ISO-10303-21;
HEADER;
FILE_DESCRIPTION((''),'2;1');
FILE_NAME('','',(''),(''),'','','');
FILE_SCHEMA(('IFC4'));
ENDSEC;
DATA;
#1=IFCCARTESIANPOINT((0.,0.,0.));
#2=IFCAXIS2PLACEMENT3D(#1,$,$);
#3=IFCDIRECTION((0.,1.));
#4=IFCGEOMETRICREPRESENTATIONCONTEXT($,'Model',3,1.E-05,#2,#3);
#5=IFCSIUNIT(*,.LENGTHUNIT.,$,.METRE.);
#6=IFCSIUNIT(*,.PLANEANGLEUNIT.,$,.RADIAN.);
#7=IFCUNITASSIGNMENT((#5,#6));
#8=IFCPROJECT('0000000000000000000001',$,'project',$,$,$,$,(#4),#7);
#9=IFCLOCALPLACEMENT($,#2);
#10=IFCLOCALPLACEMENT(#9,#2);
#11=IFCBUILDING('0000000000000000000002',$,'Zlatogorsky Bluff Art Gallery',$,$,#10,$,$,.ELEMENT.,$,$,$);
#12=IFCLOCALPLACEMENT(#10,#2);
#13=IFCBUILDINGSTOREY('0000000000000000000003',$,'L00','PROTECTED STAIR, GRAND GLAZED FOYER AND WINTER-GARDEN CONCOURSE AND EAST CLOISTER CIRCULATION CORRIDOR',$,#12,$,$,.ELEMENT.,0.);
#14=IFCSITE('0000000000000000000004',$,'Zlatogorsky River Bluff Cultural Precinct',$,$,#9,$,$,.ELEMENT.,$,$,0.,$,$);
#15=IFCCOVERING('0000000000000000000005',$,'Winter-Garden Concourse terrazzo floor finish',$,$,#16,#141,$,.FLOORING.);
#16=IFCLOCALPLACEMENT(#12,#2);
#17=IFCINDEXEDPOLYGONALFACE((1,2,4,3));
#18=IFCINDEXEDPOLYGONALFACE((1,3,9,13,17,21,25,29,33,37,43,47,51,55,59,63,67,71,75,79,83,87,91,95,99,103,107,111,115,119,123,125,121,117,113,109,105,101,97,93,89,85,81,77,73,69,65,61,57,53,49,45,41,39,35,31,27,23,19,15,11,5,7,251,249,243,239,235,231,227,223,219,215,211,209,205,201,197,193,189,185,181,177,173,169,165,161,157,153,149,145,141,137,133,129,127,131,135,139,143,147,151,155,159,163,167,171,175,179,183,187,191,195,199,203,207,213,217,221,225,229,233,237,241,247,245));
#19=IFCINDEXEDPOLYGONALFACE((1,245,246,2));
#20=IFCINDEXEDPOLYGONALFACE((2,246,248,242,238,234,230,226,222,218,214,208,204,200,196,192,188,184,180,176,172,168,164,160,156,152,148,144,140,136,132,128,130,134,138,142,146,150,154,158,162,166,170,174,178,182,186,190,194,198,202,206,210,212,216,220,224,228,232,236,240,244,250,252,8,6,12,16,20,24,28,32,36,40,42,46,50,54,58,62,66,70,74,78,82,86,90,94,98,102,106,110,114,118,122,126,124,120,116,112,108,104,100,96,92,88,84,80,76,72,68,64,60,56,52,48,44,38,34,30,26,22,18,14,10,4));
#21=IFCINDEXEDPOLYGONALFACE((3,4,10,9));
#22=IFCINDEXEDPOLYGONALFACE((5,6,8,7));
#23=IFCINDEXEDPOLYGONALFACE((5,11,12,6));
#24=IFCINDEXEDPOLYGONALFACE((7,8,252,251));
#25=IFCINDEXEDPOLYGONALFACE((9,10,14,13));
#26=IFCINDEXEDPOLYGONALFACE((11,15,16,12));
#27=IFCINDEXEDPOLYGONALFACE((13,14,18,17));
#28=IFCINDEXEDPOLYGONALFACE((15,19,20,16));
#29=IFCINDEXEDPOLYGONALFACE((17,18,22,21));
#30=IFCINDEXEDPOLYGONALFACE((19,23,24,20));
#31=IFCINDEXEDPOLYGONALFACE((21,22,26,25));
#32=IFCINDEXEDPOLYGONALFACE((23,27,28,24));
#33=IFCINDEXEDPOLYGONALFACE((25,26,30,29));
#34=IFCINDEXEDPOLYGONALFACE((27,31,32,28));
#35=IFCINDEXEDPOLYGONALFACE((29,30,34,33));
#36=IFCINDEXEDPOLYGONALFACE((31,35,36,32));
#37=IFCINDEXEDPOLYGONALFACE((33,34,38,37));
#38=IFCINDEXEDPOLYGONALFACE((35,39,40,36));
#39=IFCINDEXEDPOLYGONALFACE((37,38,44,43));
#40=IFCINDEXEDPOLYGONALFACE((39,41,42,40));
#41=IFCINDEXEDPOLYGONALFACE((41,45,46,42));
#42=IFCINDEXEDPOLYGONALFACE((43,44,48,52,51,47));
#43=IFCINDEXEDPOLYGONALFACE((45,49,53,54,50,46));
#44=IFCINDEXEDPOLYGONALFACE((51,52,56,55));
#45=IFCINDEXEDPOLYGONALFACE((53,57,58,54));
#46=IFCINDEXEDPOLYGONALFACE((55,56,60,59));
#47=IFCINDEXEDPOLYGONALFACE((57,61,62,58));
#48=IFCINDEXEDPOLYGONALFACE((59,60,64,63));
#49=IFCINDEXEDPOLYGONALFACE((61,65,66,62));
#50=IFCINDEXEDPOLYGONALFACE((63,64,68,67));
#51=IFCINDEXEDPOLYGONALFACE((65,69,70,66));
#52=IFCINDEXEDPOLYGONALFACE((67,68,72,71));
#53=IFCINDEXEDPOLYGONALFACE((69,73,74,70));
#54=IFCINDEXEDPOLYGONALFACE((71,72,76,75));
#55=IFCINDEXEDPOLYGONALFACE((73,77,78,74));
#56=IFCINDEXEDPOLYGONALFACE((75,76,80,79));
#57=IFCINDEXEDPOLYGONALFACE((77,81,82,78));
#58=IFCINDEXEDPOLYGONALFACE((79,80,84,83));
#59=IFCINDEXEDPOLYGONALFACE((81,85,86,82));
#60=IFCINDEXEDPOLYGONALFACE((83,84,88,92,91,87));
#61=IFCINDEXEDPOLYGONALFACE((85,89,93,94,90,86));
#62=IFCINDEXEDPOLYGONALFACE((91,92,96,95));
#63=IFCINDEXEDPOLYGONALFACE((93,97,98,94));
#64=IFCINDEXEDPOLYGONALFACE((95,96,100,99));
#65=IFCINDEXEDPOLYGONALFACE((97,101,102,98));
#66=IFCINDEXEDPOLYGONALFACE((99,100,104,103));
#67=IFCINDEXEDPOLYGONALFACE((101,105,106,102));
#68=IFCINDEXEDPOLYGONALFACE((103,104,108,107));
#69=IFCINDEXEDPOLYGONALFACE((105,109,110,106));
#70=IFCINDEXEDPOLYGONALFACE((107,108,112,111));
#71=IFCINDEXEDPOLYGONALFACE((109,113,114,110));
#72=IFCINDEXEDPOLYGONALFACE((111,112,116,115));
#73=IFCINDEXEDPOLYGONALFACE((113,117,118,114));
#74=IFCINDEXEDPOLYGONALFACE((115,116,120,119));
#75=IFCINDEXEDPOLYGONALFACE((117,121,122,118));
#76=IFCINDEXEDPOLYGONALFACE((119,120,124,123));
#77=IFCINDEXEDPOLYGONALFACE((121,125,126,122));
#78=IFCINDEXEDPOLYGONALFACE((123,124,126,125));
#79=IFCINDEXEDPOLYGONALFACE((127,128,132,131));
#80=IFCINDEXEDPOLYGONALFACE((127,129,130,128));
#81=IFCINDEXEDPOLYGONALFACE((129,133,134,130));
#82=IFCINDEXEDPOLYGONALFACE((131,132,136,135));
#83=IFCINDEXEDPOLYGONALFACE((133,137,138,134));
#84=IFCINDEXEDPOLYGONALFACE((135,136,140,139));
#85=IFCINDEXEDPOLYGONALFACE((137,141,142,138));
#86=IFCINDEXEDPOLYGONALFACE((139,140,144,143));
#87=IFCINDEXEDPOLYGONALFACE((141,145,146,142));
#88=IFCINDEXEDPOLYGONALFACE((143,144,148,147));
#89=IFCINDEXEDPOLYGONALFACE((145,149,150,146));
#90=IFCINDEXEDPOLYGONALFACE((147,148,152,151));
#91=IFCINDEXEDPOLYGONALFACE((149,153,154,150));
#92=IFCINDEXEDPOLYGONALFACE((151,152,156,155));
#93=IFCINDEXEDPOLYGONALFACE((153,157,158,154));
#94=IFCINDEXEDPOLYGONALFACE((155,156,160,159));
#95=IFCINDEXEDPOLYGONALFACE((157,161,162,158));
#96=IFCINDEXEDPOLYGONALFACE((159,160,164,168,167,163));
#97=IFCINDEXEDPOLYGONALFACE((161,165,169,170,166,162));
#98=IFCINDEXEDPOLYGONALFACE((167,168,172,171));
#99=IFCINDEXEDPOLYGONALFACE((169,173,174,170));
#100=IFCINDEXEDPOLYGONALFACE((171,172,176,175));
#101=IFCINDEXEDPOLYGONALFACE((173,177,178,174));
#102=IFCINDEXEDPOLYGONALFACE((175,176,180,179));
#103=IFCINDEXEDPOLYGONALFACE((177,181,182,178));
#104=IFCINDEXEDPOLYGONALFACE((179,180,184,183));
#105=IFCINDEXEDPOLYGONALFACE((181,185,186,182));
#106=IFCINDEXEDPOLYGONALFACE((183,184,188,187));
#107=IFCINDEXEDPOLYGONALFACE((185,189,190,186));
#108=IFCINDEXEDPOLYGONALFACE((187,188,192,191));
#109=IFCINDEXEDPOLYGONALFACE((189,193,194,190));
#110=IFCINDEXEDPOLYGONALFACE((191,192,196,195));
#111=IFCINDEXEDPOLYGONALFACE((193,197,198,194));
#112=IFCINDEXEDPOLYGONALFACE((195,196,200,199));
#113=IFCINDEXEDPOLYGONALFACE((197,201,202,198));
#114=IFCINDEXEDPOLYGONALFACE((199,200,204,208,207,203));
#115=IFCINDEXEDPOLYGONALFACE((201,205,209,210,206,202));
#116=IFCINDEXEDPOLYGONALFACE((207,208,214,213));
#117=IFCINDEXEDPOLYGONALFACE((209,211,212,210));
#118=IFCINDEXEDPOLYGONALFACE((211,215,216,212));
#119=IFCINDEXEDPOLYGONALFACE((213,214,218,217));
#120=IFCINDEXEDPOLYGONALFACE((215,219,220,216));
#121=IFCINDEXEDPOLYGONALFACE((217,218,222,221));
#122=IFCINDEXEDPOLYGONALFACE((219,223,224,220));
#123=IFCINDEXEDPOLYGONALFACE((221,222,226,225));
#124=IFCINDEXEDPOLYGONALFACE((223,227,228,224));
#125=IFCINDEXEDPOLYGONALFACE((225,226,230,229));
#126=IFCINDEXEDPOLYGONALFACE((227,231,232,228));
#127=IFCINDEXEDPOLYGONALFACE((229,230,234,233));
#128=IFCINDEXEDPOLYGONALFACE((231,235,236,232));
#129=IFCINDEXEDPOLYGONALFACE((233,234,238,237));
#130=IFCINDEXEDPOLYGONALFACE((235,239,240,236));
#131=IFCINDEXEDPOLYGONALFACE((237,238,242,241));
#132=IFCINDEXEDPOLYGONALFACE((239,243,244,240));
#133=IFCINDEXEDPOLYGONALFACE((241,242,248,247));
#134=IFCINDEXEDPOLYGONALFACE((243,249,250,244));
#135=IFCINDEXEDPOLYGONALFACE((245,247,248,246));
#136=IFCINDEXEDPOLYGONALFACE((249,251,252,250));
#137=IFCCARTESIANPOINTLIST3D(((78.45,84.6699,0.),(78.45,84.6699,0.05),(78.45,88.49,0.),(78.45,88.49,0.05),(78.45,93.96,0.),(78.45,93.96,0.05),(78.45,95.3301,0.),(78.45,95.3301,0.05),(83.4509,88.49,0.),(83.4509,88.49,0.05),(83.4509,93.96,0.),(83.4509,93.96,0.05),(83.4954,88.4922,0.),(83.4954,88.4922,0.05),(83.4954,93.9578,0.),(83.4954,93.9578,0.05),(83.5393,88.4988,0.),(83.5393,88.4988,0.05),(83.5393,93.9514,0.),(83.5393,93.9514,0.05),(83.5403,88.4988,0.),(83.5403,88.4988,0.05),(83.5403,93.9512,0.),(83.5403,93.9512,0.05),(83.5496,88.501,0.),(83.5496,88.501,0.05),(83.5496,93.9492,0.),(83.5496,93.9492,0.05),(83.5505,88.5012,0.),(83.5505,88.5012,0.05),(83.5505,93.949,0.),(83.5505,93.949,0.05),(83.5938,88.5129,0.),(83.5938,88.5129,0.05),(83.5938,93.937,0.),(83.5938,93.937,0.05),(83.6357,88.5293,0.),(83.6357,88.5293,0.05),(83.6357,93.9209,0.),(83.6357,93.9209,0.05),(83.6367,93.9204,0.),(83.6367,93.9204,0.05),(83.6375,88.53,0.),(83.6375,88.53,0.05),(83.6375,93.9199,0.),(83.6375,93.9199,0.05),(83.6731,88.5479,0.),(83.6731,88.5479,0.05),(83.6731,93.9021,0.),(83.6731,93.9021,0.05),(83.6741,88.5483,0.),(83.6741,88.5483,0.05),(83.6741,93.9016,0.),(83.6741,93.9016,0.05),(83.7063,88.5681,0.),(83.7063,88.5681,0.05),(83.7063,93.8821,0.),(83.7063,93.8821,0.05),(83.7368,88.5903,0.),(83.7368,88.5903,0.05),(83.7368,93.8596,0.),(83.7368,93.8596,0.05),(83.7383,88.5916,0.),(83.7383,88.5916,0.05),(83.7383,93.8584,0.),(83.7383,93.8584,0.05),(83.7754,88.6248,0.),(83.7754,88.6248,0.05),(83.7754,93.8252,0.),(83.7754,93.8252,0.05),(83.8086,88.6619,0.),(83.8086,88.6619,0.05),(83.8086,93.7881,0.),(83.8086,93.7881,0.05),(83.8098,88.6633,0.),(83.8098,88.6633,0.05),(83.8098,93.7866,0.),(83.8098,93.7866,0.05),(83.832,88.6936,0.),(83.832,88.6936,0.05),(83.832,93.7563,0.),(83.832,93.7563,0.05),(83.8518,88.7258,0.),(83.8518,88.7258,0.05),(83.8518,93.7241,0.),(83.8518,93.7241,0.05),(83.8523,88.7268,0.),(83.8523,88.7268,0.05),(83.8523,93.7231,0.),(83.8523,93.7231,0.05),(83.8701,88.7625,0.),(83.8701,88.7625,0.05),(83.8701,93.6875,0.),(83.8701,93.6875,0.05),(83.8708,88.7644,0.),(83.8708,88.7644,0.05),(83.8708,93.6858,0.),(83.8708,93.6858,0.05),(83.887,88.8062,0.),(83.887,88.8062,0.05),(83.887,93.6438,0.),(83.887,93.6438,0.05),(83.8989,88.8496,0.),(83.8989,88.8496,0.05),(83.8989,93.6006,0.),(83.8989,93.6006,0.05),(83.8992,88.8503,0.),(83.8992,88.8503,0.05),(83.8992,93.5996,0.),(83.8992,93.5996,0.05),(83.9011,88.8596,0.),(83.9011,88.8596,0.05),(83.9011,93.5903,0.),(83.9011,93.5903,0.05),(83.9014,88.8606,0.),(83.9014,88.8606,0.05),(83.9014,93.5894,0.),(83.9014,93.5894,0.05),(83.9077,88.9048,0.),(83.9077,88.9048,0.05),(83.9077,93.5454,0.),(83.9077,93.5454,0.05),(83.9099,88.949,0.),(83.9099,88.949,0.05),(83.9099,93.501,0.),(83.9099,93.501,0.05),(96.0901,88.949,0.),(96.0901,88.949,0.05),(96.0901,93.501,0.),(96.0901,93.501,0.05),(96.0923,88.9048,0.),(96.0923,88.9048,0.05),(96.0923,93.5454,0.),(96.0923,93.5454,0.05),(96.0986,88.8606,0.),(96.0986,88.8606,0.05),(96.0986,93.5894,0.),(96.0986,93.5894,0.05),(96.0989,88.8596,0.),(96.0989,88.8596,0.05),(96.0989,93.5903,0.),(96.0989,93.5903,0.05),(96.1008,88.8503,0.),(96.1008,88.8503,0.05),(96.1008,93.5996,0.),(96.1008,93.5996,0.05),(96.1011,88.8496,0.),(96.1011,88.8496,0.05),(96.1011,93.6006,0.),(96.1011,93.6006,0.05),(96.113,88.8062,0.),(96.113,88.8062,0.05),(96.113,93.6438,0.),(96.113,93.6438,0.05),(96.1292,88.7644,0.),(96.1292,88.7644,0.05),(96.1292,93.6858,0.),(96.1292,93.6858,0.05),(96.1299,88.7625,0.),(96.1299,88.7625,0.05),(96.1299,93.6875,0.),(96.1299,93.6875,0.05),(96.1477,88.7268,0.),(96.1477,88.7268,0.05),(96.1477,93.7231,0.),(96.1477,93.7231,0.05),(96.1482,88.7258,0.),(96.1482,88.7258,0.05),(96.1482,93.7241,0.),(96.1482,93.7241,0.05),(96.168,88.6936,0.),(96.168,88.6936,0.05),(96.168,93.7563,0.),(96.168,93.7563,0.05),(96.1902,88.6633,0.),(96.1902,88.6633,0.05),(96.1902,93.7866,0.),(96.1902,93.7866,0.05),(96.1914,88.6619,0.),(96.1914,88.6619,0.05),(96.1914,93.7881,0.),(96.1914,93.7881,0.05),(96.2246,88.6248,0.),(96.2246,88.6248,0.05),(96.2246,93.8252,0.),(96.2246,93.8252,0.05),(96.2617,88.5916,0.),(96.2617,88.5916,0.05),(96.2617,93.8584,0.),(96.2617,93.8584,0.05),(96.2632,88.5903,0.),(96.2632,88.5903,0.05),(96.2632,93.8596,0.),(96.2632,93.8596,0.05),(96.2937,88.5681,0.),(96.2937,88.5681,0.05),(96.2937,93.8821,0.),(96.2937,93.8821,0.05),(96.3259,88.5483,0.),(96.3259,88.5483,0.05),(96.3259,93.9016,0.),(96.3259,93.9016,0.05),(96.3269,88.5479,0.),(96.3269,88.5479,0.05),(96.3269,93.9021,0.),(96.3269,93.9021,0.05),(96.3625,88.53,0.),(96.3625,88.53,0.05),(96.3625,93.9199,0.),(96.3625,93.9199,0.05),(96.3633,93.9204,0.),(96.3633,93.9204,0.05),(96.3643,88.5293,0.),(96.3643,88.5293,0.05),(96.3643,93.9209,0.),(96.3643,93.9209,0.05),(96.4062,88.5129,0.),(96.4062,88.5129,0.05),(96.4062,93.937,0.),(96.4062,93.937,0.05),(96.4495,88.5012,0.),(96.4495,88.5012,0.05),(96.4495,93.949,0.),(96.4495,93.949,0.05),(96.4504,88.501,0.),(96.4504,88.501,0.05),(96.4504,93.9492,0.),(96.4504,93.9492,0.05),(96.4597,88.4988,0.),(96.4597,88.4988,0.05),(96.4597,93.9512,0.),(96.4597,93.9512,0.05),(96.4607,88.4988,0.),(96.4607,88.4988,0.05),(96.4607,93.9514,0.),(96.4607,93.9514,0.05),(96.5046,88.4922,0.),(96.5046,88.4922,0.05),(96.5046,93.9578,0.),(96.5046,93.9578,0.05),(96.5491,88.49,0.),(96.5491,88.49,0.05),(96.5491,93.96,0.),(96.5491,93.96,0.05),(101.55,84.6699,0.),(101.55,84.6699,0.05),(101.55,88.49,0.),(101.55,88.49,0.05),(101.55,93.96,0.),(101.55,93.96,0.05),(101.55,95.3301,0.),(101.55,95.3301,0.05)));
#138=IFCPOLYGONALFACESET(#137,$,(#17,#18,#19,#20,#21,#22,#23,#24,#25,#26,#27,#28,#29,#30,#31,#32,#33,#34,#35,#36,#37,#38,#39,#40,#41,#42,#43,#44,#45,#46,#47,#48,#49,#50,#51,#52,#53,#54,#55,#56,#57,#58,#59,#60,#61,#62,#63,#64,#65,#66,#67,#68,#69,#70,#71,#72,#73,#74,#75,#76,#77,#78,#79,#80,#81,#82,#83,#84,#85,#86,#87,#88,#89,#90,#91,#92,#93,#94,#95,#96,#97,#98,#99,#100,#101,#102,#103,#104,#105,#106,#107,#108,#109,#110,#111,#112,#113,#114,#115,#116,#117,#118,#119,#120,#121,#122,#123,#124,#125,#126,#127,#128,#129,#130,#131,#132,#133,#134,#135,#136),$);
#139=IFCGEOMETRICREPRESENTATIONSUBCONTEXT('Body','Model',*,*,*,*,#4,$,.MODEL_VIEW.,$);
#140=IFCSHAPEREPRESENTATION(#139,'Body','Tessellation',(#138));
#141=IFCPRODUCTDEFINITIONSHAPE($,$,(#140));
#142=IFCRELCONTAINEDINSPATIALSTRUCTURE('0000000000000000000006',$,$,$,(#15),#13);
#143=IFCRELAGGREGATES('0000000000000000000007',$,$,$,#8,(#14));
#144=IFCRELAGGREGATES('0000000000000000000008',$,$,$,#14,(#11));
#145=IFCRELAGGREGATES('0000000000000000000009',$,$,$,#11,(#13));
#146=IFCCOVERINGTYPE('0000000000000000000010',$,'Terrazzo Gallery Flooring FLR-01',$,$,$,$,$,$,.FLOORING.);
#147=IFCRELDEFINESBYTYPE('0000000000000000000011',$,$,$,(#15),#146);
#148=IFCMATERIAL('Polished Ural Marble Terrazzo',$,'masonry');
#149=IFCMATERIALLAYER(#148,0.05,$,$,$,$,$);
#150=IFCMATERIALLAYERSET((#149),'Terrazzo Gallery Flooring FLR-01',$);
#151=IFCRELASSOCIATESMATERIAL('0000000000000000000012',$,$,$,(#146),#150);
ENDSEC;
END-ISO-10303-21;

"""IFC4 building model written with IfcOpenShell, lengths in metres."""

from ifc_helpers import new_model, si_unit, direction, origin, place, context, subcontext, project, spatial, polyline, outline, extrude, material, layer, layer_set, type_object, element, save


model = new_model("IFC4")

# Units and contexts
model_context = context("Model", 3, precision=1e-05, world=origin(), true_north=direction((0.0, 1.0)))
body_context = subcontext(model_context, "Body", "Model", "MODEL_VIEW")
ifc_project = project(units=[si_unit("LENGTHUNIT", "METRE"), si_unit("PLANEANGLEUNIT", "RADIAN")], contexts=[model_context])

# Site, building, storey
site_placement = place(None, origin())
site = spatial("IfcSite", under=ifc_project, at=site_placement, Name="Zlatogorsky River Bluff Cultural Precinct", CompositionType="ELEMENT", RefElevation=0.0)
building_placement = place(site_placement, origin())
building = spatial("IfcBuilding", under=site, at=building_placement, Name="Zlatogorsky Bluff Art Gallery", CompositionType="ELEMENT")
storey_placement = place(building_placement, origin())
storey = spatial("IfcBuildingStorey", under=building, at=storey_placement, Name="L00", Description="PROTECTED STAIR, GRAND GLAZED FOYER AND WINTER-GARDEN CONCOURSE AND EAST CLOISTER CIRCULATION CORRIDOR", CompositionType="ELEMENT", Elevation=0.0)

# Covering
ifc_material_1 = material(Name="Polished Ural Marble Terrazzo", Category="masonry")
ifc_layer_1 = layer(ifc_material_1, 0.05)
ifc_layer_set_1 = layer_set([ifc_layer_1], Name="Terrazzo Gallery Flooring FLR-01")
covering_type_1 = type_object("IfcCoveringType", Name="Terrazzo Gallery Flooring FLR-01", PredefinedType="FLOORING", material=ifc_layer_set_1)
covering_1_placement = place(storey_placement, origin())
element("IfcCovering", 1, at=covering_1_placement, inside=storey, type_object=covering_type_1, Name="Winter-Garden Concourse terrazzo floor finish", PredefinedType="FLOORING", context=body_context, shape_type="SweptSolid", body=[
    extrude(outline(polyline([(78.45, 88.49), (83.4509, 88.49), (83.4954, 88.4922), (83.5393, 88.4988), (83.5403, 88.4988), (83.5496, 88.501), (83.5505, 88.5012), (83.5938, 88.5129), (83.6357, 88.5293), (83.6375, 88.53), (83.6731, 88.5479), (83.6741, 88.5483), (83.7063, 88.5681), (83.7368, 88.5903), (83.7383, 88.5916), (83.7754, 88.6248), (83.8086, 88.6619), (83.8098, 88.6633), (83.832, 88.6936), (83.8518, 88.7258), (83.8523, 88.7268), (83.8701, 88.7625), (83.8708, 88.7644), (83.887, 88.8062), (83.8989, 88.8496), (83.8992, 88.8503), (83.9011, 88.8596), (83.9014, 88.8606), (83.9077, 88.9048), (83.9099, 88.949), (83.9099, 93.501), (83.9077, 93.5454), (83.9014, 93.5894), (83.9011, 93.5903), (83.8992, 93.5996), (83.8989, 93.6006), (83.887, 93.6438), (83.8708, 93.6858), (83.8701, 93.6875), (83.8523, 93.7231), (83.8518, 93.7241), (83.832, 93.7563), (83.8098, 93.7866), (83.8086, 93.7881), (83.7754, 93.8252), (83.7383, 93.8584), (83.7368, 93.8596), (83.7063, 93.8821), (83.6741, 93.9016), (83.6731, 93.9021), (83.6375, 93.9199), (83.6367, 93.9204), (83.6357, 93.9209), (83.5938, 93.937), (83.5505, 93.949), (83.5496, 93.9492), (83.5403, 93.9512), (83.5393, 93.9514), (83.4954, 93.9578), (83.4509, 93.96), (78.45, 93.96), (78.45, 95.3301), (101.55, 95.3301), (101.55, 93.96), (96.5491, 93.96), (96.5046, 93.9578), (96.4607, 93.9514), (96.4597, 93.9512), (96.4504, 93.9492), (96.4495, 93.949), (96.4062, 93.937), (96.3643, 93.9209), (96.3633, 93.9204), (96.3625, 93.9199), (96.3269, 93.9021), (96.3259, 93.9016), (96.2937, 93.8821), (96.2632, 93.8596), (96.2617, 93.8584), (96.2246, 93.8252), (96.1914, 93.7881), (96.1902, 93.7866), (96.168, 93.7563), (96.1482, 93.7241), (96.1477, 93.7231), (96.1299, 93.6875), (96.1292, 93.6858), (96.113, 93.6438), (96.1011, 93.6006), (96.1008, 93.5996), (96.0989, 93.5903), (96.0986, 93.5894), (96.0923, 93.5454), (96.0901, 93.501), (96.0901, 88.949), (96.0923, 88.9048), (96.0986, 88.8606), (96.0989, 88.8596), (96.1008, 88.8503), (96.1011, 88.8496), (96.113, 88.8062), (96.1292, 88.7644), (96.1299, 88.7625), (96.1477, 88.7268), (96.1482, 88.7258), (96.168, 88.6936), (96.1902, 88.6633), (96.1914, 88.6619), (96.2246, 88.6248), (96.2617, 88.5916), (96.2632, 88.5903), (96.2937, 88.5681), (96.3259, 88.5483), (96.3269, 88.5479), (96.3625, 88.53), (96.3643, 88.5293), (96.4062, 88.5129), (96.4495, 88.5012), (96.4504, 88.501), (96.4597, 88.4988), (96.4607, 88.4988), (96.5046, 88.4922), (96.5491, 88.49), (101.55, 88.49), (101.55, 84.6699), (78.45, 84.6699), (78.45, 88.49)])), origin(), (0.0, 0.0, 1.0), 0.05),
])

save(model, "model.ifc")
